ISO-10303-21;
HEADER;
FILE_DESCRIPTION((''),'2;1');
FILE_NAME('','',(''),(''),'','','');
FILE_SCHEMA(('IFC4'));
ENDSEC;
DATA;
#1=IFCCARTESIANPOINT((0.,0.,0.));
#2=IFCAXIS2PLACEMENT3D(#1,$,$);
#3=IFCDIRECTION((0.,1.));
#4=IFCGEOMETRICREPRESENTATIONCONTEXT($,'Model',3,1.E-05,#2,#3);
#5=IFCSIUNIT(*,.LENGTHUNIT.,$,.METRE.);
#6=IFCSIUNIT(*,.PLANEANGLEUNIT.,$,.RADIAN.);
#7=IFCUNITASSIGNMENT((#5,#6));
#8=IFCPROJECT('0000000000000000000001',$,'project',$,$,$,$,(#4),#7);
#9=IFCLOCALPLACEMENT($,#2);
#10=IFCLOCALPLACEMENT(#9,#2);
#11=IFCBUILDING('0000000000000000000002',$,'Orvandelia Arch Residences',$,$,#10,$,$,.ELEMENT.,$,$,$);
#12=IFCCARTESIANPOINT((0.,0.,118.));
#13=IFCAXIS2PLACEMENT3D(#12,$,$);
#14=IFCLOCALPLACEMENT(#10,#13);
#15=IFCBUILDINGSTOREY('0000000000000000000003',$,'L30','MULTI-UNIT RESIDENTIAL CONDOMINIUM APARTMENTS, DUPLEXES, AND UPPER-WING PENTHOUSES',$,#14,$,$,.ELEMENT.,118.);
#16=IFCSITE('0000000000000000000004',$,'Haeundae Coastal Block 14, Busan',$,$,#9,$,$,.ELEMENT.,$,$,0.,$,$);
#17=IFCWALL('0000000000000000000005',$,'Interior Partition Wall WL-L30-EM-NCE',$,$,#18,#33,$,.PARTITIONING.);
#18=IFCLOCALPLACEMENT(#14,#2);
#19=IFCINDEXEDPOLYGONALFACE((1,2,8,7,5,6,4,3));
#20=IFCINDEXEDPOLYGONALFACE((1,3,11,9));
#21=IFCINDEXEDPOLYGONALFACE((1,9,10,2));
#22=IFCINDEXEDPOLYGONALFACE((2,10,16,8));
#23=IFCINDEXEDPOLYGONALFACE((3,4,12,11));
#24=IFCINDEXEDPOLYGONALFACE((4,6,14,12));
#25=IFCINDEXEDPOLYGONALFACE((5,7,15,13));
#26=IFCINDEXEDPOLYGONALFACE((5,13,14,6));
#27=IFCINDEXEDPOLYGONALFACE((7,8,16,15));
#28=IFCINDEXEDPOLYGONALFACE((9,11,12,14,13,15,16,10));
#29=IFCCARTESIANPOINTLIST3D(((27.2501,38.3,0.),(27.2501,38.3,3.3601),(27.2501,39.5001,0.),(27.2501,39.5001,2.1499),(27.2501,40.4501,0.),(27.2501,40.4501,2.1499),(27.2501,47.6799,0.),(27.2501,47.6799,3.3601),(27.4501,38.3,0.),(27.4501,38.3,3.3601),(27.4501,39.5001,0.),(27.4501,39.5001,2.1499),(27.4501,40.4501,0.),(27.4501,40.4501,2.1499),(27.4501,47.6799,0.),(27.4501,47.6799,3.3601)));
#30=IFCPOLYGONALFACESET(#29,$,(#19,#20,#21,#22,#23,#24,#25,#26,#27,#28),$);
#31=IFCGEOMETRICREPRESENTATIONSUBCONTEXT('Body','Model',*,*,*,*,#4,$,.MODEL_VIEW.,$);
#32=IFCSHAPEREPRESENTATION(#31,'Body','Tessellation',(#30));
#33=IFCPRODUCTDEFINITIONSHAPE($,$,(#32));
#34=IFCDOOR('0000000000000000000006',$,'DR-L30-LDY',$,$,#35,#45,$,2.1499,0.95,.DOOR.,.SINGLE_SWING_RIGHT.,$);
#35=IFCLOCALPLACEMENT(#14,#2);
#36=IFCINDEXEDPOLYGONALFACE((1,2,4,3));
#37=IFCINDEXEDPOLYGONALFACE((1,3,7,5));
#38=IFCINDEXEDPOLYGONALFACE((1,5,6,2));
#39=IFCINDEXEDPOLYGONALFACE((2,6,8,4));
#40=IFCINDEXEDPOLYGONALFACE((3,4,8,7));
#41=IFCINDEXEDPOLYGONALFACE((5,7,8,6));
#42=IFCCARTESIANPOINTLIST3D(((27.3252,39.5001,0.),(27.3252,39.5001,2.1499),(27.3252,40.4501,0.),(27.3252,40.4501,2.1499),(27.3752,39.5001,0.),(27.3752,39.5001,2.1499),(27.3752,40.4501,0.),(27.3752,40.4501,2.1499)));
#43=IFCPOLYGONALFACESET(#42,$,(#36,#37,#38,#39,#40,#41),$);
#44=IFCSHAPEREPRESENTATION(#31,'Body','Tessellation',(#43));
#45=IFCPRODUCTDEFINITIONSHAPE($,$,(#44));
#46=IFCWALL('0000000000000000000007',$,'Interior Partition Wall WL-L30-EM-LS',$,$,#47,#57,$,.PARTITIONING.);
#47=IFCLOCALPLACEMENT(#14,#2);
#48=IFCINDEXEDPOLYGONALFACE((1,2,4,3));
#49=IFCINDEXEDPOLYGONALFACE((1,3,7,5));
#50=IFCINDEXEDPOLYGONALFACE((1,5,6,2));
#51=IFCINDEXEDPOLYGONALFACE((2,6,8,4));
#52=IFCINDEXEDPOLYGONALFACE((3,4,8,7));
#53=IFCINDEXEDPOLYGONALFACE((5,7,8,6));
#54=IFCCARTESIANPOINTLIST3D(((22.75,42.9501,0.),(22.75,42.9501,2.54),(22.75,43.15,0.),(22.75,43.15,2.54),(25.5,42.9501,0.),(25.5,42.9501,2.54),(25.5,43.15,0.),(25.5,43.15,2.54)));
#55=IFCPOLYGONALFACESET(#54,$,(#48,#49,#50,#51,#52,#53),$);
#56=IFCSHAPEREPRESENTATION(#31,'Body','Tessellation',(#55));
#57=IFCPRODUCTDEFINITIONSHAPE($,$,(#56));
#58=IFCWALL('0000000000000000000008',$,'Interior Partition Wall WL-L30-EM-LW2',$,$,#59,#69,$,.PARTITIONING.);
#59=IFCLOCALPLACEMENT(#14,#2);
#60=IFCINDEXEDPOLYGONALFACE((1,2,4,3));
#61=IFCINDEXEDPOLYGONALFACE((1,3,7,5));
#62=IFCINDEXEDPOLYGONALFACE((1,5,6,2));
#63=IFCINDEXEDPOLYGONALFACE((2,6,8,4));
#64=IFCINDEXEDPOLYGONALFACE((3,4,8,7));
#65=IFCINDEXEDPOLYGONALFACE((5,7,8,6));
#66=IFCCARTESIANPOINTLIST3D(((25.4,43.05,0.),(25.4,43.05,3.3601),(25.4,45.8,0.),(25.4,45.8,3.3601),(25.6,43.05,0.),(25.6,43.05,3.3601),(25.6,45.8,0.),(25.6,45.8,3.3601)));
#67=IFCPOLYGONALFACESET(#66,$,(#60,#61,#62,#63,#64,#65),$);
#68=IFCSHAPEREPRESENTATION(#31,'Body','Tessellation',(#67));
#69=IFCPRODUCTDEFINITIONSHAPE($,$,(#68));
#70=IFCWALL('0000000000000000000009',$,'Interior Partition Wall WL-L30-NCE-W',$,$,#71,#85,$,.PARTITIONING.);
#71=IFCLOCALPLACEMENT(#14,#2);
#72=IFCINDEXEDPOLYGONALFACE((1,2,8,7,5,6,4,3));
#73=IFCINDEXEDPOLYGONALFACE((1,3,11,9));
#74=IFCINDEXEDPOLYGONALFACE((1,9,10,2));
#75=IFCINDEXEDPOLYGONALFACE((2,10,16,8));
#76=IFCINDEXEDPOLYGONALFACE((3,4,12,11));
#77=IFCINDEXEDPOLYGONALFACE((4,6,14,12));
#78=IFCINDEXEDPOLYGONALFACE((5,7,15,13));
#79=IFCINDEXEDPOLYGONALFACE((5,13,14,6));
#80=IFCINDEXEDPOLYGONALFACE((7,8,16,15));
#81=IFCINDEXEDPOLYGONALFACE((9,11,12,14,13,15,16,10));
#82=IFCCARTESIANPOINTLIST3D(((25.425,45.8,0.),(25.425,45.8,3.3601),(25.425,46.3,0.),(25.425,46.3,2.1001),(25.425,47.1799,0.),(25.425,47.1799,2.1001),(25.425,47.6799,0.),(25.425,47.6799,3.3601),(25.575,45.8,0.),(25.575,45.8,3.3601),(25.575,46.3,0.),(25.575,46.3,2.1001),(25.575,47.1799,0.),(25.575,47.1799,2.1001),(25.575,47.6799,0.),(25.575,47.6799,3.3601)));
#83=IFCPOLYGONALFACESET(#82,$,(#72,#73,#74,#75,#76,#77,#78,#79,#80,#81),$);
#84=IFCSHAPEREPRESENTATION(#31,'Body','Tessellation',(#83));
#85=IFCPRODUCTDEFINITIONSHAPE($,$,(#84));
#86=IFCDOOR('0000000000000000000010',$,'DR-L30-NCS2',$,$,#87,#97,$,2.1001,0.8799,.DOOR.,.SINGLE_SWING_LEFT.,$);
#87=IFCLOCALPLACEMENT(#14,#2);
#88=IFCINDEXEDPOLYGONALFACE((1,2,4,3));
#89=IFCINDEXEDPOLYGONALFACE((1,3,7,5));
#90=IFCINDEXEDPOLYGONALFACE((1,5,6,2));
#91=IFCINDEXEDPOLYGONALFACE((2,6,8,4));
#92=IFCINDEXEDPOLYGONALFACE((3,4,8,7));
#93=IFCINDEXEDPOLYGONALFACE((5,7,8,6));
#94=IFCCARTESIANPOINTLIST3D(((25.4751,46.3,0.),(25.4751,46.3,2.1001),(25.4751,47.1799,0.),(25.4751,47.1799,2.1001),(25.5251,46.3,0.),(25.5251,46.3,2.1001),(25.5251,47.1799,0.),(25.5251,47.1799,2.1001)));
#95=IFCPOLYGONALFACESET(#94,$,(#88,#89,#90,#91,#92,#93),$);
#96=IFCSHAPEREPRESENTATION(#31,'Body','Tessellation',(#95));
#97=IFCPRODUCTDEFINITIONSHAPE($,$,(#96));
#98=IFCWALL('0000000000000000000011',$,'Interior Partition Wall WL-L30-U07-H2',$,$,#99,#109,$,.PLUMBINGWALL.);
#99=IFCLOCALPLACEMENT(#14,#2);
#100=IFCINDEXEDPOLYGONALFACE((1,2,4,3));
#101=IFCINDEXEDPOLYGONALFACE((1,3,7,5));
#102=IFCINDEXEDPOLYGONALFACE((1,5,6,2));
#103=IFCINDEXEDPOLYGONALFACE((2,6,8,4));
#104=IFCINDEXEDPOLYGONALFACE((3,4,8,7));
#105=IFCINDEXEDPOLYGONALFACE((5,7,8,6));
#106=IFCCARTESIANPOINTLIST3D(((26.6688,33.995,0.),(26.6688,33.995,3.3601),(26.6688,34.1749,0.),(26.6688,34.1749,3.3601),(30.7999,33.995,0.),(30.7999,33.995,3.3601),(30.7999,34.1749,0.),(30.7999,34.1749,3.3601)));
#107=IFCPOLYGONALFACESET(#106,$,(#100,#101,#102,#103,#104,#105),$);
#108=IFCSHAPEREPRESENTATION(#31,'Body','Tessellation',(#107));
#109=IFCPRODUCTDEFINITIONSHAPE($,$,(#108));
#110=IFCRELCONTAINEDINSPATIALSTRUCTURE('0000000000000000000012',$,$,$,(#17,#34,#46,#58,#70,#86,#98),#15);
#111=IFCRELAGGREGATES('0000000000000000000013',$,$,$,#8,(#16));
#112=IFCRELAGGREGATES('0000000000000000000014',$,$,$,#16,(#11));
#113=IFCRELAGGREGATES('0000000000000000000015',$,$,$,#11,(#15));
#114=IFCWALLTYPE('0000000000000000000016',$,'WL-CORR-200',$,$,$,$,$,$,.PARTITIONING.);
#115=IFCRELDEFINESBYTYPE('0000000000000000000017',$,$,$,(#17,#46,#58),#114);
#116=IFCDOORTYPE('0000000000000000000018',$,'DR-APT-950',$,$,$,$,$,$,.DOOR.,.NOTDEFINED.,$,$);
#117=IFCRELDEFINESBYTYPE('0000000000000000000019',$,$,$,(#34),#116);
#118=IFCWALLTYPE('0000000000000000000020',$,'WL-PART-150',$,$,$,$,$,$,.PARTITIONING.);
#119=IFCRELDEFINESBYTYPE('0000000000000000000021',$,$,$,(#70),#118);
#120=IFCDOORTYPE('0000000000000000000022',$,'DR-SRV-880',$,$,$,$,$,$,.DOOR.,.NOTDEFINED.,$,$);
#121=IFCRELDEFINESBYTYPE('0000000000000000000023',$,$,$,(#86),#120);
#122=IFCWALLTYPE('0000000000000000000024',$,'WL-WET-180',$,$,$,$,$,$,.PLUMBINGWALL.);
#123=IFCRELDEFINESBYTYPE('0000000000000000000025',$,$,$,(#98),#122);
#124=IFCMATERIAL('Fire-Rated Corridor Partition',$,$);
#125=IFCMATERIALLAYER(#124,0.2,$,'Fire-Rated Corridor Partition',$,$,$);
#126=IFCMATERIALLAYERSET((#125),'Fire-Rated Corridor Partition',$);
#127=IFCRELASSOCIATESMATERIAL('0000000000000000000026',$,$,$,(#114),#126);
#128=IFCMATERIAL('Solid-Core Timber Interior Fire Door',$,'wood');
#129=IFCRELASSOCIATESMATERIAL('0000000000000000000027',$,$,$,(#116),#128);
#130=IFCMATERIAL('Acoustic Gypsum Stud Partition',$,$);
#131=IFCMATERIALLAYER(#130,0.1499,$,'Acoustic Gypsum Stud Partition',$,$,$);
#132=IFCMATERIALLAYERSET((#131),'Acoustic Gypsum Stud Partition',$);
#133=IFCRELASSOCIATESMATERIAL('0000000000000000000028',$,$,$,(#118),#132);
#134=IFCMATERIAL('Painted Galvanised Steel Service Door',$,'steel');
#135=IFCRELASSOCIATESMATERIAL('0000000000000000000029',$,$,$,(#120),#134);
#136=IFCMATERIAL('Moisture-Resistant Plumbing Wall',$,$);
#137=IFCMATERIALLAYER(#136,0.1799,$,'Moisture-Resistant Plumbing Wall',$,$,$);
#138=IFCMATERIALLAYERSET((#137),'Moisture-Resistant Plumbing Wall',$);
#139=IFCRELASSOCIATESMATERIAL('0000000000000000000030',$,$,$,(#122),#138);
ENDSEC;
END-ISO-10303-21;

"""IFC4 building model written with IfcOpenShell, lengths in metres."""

from ifc_helpers import new_model, si_unit, direction, frame, frame_2d, origin, place, context, subcontext, project, spatial, rectangle, extrude, material, layer, layer_set, type_object, element, fill, save


model = new_model("IFC4")

# Units and contexts
model_context = context("Model", 3, precision=1e-05, world=origin(), true_north=direction((0.0, 1.0)))
body_context = subcontext(model_context, "Body", "Model", "MODEL_VIEW")
ifc_project = project(units=[si_unit("LENGTHUNIT", "METRE"), si_unit("PLANEANGLEUNIT", "RADIAN")], contexts=[model_context])

# Site, building, storey
site_placement = place(None, origin())
site = spatial("IfcSite", under=ifc_project, at=site_placement, Name="Haeundae Coastal Block 14, Busan", CompositionType="ELEMENT", RefElevation=0.0)
building_placement = place(site_placement, origin())
building = spatial("IfcBuilding", under=site, at=building_placement, Name="Orvandelia Arch Residences", CompositionType="ELEMENT")
storey_placement = place(building_placement, frame((0.0, 0.0, 118.0)))
storey = spatial("IfcBuildingStorey", under=building, at=storey_placement, Name="L30", Description="MULTI-UNIT RESIDENTIAL CONDOMINIUM APARTMENTS, DUPLEXES, AND UPPER-WING PENTHOUSES", CompositionType="ELEMENT", Elevation=118.0)

# Shared definitions
ifc_material_1 = material(Name="Fire-Rated Corridor Partition")
ifc_layer_1 = layer(ifc_material_1, 0.2, Name="Fire-Rated Corridor Partition")
ifc_layer_set_1 = layer_set([ifc_layer_1], Name="Fire-Rated Corridor Partition")
wall_type_1 = type_object("IfcWallType", Name="WL-CORR-200", PredefinedType="PARTITIONING", material=ifc_layer_set_1)

# Wall, opening, door
wall_1_placement = place(storey_placement, frame((27.3501, 38.3, 0.0), z_axis=(0.0, 0.0, 1.0), x_axis=(0.0, 1.0, 0.0)))
wall_1 = element("IfcWall", 1, at=wall_1_placement, inside=storey, type_object=wall_type_1, Name="Interior Partition Wall WL-L30-EM-NCE", PredefinedType="PARTITIONING", context=body_context, shape_type="SweptSolid", body=[
    extrude(rectangle(XDim=9.3799, YDim=0.2, at=frame_2d((4.6899, 0.0))), origin(), (0.0, 0.0, 1.0), 3.3601),
])
opening_1_placement = place(wall_1_placement, frame((1.2, 0.0, 0.0)))
opening_1 = element("IfcOpeningElement", 2, at=opening_1_placement, cuts=wall_1, PredefinedType="OPENING", context=body_context, shape_type="SweptSolid", body=[
    extrude(rectangle(XDim=0.95, YDim=2.1499, at=frame_2d((0.4751, 1.075))), frame((0.0, 0.1099, 0.0), z_axis=(0.0, -1.0, 0.0), x_axis=(1.0, 0.0, 0.0)), (0.0, 0.0, 1.0), 0.22),
])
ifc_material_2 = material(Name="Solid-Core Timber Interior Fire Door", Category="wood")
door_type_1 = type_object("IfcDoorType", Name="DR-APT-950", OperationType="NOTDEFINED", PredefinedType="DOOR", material=ifc_material_2)
door_1_placement = place(opening_1_placement, origin())
door_1 = element("IfcDoor", 3, at=door_1_placement, inside=storey, type_object=door_type_1, Name="DR-L30-LDY", OperationType="SINGLE_SWING_RIGHT", OverallHeight=2.1499, OverallWidth=0.95, PredefinedType="DOOR", context=body_context, shape_type="SweptSolid", body=[
    extrude(rectangle(XDim=0.95, YDim=2.1499, at=frame_2d((0.4751, 1.075))), frame((0.0, 0.0249, 0.0), z_axis=(0.0, -1.0, 0.0), x_axis=(1.0, 0.0, 0.0)), (0.0, 0.0, 1.0), 0.05),
])
fill(opening_1, door_1)

# Walls
wall_2_placement = place(storey_placement, frame((22.75, 43.05, 0.0), z_axis=(0.0, 0.0, 1.0), x_axis=(1.0, 0.0, 0.0)))
element("IfcWall", 4, at=wall_2_placement, inside=storey, type_object=wall_type_1, Name="Interior Partition Wall WL-L30-EM-LS", PredefinedType="PARTITIONING", context=body_context, shape_type="SweptSolid", body=[
    extrude(rectangle(XDim=2.75, YDim=0.2, at=frame_2d((1.375, 0.0))), origin(), (0.0, 0.0, 1.0), 2.54),
])
wall_3_placement = place(storey_placement, frame((25.5, 43.05, 0.0), z_axis=(0.0, 0.0, 1.0), x_axis=(0.0, 1.0, 0.0)))
element("IfcWall", 5, at=wall_3_placement, inside=storey, type_object=wall_type_1, Name="Interior Partition Wall WL-L30-EM-LW2", PredefinedType="PARTITIONING", context=body_context, shape_type="SweptSolid", body=[
    extrude(rectangle(XDim=2.75, YDim=0.2, at=frame_2d((1.375, 0.0))), origin(), (0.0, 0.0, 1.0), 3.3601),
])

# Wall, opening, door
ifc_material_3 = material(Name="Acoustic Gypsum Stud Partition")
ifc_layer_2 = layer(ifc_material_3, 0.1499, Name="Acoustic Gypsum Stud Partition")
ifc_layer_set_2 = layer_set([ifc_layer_2], Name="Acoustic Gypsum Stud Partition")
wall_type_2 = type_object("IfcWallType", Name="WL-PART-150", PredefinedType="PARTITIONING", material=ifc_layer_set_2)
wall_4_placement = place(storey_placement, frame((25.5, 45.8, 0.0), z_axis=(0.0, 0.0, 1.0), x_axis=(0.0, 1.0, 0.0)))
wall_4 = element("IfcWall", 6, at=wall_4_placement, inside=storey, type_object=wall_type_2, Name="Interior Partition Wall WL-L30-NCE-W", PredefinedType="PARTITIONING", context=body_context, shape_type="SweptSolid", body=[
    extrude(rectangle(XDim=1.8799, YDim=0.1499, at=frame_2d((0.9399, 0.0))), origin(), (0.0, 0.0, 1.0), 3.3601),
])
opening_2_placement = place(wall_4_placement, frame((0.5, 0.0, 0.0)))
opening_2 = element("IfcOpeningElement", 7, at=opening_2_placement, cuts=wall_4, PredefinedType="OPENING", context=body_context, shape_type="SweptSolid", body=[
    extrude(rectangle(XDim=0.8799, YDim=2.1001, at=frame_2d((0.4399, 1.05))), frame((0.0, 0.085, 0.0), z_axis=(0.0, -1.0, 0.0), x_axis=(1.0, 0.0, 0.0)), (0.0, 0.0, 1.0), 0.1699),
])
ifc_material_4 = material(Name="Painted Galvanised Steel Service Door", Category="steel")
door_type_2 = type_object("IfcDoorType", Name="DR-SRV-880", OperationType="NOTDEFINED", PredefinedType="DOOR", material=ifc_material_4)
door_2_placement = place(opening_2_placement, origin())
door_2 = element("IfcDoor", 8, at=door_2_placement, inside=storey, type_object=door_type_2, Name="DR-L30-NCS2", OperationType="SINGLE_SWING_LEFT", OverallHeight=2.1001, OverallWidth=0.8799, PredefinedType="DOOR", context=body_context, shape_type="SweptSolid", body=[
    extrude(rectangle(XDim=0.8799, YDim=2.1001, at=frame_2d((0.4399, 1.05))), frame((0.0, 0.0249, 0.0), z_axis=(0.0, -1.0, 0.0), x_axis=(1.0, 0.0, 0.0)), (0.0, 0.0, 1.0), 0.05),
])
fill(opening_2, door_2)

# Wall
ifc_material_5 = material(Name="Moisture-Resistant Plumbing Wall")
ifc_layer_3 = layer(ifc_material_5, 0.1799, Name="Moisture-Resistant Plumbing Wall")
ifc_layer_set_3 = layer_set([ifc_layer_3], Name="Moisture-Resistant Plumbing Wall")
wall_type_3 = type_object("IfcWallType", Name="WL-WET-180", PredefinedType="PLUMBINGWALL", material=ifc_layer_set_3)
wall_5_placement = place(storey_placement, frame((26.6689, 34.085, 0.0), z_axis=(0.0, 0.0, 1.0), x_axis=(1.0, 0.0, 0.0)))
element("IfcWall", 9, at=wall_5_placement, inside=storey, type_object=wall_type_3, Name="Interior Partition Wall WL-L30-U07-H2", PredefinedType="PLUMBINGWALL", context=body_context, shape_type="SweptSolid", body=[
    extrude(rectangle(XDim=4.1311, YDim=0.1799, at=frame_2d((2.0654, 0.0))), origin(), (0.0, 0.0, 1.0), 3.3601),
])

save(model, "model.ifc")
